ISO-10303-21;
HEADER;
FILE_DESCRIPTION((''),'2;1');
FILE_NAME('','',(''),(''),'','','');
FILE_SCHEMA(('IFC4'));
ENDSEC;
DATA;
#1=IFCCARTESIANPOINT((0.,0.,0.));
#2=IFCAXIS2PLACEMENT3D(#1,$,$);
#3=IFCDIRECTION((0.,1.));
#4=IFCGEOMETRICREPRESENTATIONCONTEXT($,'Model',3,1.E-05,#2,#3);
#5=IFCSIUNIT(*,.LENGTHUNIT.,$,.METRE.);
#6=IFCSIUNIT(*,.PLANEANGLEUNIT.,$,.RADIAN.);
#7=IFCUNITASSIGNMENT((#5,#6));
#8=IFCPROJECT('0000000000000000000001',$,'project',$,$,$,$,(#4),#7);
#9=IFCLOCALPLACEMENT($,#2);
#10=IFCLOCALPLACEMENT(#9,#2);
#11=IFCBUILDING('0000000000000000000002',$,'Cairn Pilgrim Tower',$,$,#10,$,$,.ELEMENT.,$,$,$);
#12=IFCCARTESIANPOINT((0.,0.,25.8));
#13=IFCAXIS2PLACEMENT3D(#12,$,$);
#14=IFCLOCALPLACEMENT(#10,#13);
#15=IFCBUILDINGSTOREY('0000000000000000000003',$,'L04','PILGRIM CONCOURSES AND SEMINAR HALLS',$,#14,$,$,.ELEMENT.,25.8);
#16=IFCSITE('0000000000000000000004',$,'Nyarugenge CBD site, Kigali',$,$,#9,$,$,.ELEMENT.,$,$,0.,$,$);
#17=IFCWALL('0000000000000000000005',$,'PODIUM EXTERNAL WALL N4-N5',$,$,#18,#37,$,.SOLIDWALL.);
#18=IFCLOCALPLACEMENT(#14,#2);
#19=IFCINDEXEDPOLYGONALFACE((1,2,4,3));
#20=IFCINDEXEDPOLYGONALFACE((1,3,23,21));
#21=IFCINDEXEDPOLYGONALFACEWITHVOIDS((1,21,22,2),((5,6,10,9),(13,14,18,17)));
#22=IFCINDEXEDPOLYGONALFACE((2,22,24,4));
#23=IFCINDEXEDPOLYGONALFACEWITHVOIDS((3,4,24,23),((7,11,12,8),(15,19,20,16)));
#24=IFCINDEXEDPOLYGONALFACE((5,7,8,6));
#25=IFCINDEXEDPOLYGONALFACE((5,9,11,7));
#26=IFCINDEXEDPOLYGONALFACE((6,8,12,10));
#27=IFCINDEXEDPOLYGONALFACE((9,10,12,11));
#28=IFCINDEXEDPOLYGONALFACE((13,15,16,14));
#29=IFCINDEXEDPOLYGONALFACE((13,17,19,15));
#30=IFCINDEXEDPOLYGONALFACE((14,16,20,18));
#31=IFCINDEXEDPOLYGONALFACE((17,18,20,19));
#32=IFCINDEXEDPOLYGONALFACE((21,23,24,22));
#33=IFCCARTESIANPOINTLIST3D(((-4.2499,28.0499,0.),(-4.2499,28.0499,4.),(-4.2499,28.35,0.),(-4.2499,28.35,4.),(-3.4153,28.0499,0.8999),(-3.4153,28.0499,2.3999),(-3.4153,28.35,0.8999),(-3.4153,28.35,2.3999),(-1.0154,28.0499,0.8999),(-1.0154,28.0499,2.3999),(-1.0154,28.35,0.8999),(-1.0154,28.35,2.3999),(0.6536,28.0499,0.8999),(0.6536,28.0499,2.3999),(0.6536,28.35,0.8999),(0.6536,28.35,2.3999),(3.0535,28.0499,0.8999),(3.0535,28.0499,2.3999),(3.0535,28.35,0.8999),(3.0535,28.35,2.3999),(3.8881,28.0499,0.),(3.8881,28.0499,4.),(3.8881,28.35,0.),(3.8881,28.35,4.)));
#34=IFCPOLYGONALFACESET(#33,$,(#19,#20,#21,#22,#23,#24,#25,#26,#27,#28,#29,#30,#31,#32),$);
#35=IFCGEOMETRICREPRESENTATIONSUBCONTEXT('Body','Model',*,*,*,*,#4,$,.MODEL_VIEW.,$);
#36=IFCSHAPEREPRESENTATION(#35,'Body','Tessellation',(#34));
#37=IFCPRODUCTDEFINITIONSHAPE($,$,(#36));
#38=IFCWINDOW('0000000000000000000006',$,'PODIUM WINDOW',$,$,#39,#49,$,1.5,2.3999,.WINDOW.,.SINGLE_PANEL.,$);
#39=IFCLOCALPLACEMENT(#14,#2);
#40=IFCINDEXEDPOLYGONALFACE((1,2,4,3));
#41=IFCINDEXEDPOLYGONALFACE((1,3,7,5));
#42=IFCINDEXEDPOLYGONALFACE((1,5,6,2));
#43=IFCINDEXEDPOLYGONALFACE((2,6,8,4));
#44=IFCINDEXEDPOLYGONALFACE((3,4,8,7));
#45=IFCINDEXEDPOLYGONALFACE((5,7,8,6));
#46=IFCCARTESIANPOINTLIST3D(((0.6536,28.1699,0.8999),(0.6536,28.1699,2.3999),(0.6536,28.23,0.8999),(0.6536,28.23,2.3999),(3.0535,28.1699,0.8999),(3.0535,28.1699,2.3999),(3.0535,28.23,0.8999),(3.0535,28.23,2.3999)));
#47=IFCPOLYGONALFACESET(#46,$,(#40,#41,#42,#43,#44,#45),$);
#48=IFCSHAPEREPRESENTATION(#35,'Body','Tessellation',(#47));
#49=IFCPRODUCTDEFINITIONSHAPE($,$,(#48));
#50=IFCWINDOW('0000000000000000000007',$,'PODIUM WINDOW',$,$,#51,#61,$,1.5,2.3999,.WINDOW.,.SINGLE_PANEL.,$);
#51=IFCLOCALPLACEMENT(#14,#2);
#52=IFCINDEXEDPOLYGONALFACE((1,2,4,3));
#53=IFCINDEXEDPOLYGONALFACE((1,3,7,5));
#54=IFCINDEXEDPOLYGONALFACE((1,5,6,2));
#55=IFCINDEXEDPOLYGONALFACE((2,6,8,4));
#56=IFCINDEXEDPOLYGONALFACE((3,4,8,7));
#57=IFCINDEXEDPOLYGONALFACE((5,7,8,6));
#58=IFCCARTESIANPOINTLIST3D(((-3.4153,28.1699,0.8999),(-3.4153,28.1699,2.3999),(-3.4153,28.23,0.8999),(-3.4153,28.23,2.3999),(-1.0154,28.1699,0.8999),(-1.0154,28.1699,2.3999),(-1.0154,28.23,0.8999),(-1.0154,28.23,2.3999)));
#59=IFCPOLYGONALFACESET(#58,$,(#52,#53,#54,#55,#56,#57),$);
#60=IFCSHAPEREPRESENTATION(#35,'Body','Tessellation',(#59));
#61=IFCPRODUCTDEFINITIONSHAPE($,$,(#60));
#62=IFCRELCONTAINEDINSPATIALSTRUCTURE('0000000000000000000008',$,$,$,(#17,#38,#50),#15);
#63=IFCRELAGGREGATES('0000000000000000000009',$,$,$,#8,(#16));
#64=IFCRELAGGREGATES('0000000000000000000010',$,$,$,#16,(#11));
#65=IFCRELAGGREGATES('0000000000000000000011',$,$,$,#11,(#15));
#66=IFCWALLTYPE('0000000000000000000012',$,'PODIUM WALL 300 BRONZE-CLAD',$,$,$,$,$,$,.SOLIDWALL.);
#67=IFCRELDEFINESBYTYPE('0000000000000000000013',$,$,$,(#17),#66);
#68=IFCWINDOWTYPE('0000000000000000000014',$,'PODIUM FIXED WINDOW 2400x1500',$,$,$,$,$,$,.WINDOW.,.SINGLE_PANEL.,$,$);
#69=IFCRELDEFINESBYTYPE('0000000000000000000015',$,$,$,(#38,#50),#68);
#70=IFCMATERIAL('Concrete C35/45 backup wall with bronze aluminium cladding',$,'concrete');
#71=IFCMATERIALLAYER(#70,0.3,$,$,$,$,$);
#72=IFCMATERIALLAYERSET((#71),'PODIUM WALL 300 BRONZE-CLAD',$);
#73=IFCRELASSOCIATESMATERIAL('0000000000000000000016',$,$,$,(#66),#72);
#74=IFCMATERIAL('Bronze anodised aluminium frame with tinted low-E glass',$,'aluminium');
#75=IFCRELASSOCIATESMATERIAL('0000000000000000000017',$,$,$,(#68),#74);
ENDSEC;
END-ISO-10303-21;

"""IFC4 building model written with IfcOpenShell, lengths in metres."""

from ifc_helpers import new_model, si_unit, direction, frame, frame_2d, origin, place, context, subcontext, project, spatial, rectangle, extrude, material, layer, layer_set, type_object, element, fill, save


model = new_model("IFC4")

# Units and contexts
model_context = context("Model", 3, precision=1e-05, world=origin(), true_north=direction((0.0, 1.0)))
body_context = subcontext(model_context, "Body", "Model", "MODEL_VIEW")
ifc_project = project(units=[si_unit("LENGTHUNIT", "METRE"), si_unit("PLANEANGLEUNIT", "RADIAN")], contexts=[model_context])

# Site, building, storey
site_placement = place(None, origin())
site = spatial("IfcSite", under=ifc_project, at=site_placement, Name="Nyarugenge CBD site, Kigali", CompositionType="ELEMENT", RefElevation=0.0)
building_placement = place(site_placement, origin())
building = spatial("IfcBuilding", under=site, at=building_placement, Name="Cairn Pilgrim Tower", CompositionType="ELEMENT")
storey_placement = place(building_placement, frame((0.0, 0.0, 25.8)))
storey = spatial("IfcBuildingStorey", under=building, at=storey_placement, Name="L04", Description="PILGRIM CONCOURSES AND SEMINAR HALLS", CompositionType="ELEMENT", Elevation=25.8)

# Wall, openings, windows
ifc_material_1 = material(Name="Concrete C35/45 backup wall with bronze aluminium cladding", Category="concrete")
ifc_layer_1 = layer(ifc_material_1, 0.3)
ifc_layer_set_1 = layer_set([ifc_layer_1], Name="PODIUM WALL 300 BRONZE-CLAD")
wall_type_1 = type_object("IfcWallType", Name="PODIUM WALL 300 BRONZE-CLAD", PredefinedType="SOLIDWALL", material=ifc_layer_set_1)
wall_1_placement = place(storey_placement, frame((3.8879, 28.2, 0.0), z_axis=(0.0, 0.0, 1.0), x_axis=(-1.0, 0.0, 0.0)))
wall_1 = element("IfcWall", 1, at=wall_1_placement, inside=storey, type_object=wall_type_1, Name="PODIUM EXTERNAL WALL N4-N5", PredefinedType="SOLIDWALL", context=body_context, shape_type="SweptSolid", body=[
    extrude(rectangle(XDim=8.1379, YDim=0.3, at=frame_2d((4.0688, 0.0))), origin(), (0.0, 0.0, 1.0), 4.0),
])
opening_1_placement = place(wall_1_placement, frame((0.8345, 0.0, 0.8999)))
opening_1 = element("IfcOpeningElement", 2, at=opening_1_placement, cuts=wall_1, PredefinedType="OPENING", context=body_context, shape_type="SweptSolid", body=[
    extrude(rectangle(XDim=2.3999, YDim=1.5, at=frame_2d((1.2, 0.75))), frame((0.0, 0.1602, 0.0), z_axis=(0.0, -1.0, 0.0), x_axis=(1.0, 0.0, 0.0)), (0.0, 0.0, 1.0), 0.3201),
])
opening_2_placement = place(wall_1_placement, frame((4.9033, 0.0, 0.8999)))
opening_2 = element("IfcOpeningElement", 3, at=opening_2_placement, cuts=wall_1, PredefinedType="OPENING", context=body_context, shape_type="SweptSolid", body=[
    extrude(rectangle(XDim=2.3999, YDim=1.5, at=frame_2d((1.2, 0.75))), frame((0.0, 0.1602, 0.0), z_axis=(0.0, -1.0, 0.0), x_axis=(1.0, 0.0, 0.0)), (0.0, 0.0, 1.0), 0.3201),
])
ifc_material_2 = material(Name="Bronze anodised aluminium frame with tinted low-E glass", Category="aluminium")
window_type = type_object("IfcWindowType", Name="PODIUM FIXED WINDOW 2400x1500", PartitioningType="SINGLE_PANEL", PredefinedType="WINDOW", material=ifc_material_2)
window_1_placement = place(opening_1_placement, origin())
window_1 = element("IfcWindow", 4, at=window_1_placement, inside=storey, type_object=window_type, Name="PODIUM WINDOW", OverallHeight=1.5, OverallWidth=2.3999, PartitioningType="SINGLE_PANEL", PredefinedType="WINDOW", context=body_context, shape_type="SweptSolid", body=[
    extrude(rectangle(XDim=2.3999, YDim=1.5, at=frame_2d((1.2, 0.75))), frame((0.0, 0.03, 0.0), z_axis=(0.0, -1.0, 0.0), x_axis=(1.0, 0.0, 0.0)), (0.0, 0.0, 1.0), 0.0601),
])
fill(opening_1, window_1)
window_2_placement = place(opening_2_placement, origin())
window_2 = element("IfcWindow", 5, at=window_2_placement, inside=storey, type_object=window_type, Name="PODIUM WINDOW", OverallHeight=1.5, OverallWidth=2.3999, PartitioningType="SINGLE_PANEL", PredefinedType="WINDOW", context=body_context, shape_type="SweptSolid", body=[
    extrude(rectangle(XDim=2.3999, YDim=1.5, at=frame_2d((1.2, 0.75))), frame((0.0, 0.03, 0.0), z_axis=(0.0, -1.0, 0.0), x_axis=(1.0, 0.0, 0.0)), (0.0, 0.0, 1.0), 0.0601),
])
fill(opening_2, window_2)

save(model, "model.ifc")
